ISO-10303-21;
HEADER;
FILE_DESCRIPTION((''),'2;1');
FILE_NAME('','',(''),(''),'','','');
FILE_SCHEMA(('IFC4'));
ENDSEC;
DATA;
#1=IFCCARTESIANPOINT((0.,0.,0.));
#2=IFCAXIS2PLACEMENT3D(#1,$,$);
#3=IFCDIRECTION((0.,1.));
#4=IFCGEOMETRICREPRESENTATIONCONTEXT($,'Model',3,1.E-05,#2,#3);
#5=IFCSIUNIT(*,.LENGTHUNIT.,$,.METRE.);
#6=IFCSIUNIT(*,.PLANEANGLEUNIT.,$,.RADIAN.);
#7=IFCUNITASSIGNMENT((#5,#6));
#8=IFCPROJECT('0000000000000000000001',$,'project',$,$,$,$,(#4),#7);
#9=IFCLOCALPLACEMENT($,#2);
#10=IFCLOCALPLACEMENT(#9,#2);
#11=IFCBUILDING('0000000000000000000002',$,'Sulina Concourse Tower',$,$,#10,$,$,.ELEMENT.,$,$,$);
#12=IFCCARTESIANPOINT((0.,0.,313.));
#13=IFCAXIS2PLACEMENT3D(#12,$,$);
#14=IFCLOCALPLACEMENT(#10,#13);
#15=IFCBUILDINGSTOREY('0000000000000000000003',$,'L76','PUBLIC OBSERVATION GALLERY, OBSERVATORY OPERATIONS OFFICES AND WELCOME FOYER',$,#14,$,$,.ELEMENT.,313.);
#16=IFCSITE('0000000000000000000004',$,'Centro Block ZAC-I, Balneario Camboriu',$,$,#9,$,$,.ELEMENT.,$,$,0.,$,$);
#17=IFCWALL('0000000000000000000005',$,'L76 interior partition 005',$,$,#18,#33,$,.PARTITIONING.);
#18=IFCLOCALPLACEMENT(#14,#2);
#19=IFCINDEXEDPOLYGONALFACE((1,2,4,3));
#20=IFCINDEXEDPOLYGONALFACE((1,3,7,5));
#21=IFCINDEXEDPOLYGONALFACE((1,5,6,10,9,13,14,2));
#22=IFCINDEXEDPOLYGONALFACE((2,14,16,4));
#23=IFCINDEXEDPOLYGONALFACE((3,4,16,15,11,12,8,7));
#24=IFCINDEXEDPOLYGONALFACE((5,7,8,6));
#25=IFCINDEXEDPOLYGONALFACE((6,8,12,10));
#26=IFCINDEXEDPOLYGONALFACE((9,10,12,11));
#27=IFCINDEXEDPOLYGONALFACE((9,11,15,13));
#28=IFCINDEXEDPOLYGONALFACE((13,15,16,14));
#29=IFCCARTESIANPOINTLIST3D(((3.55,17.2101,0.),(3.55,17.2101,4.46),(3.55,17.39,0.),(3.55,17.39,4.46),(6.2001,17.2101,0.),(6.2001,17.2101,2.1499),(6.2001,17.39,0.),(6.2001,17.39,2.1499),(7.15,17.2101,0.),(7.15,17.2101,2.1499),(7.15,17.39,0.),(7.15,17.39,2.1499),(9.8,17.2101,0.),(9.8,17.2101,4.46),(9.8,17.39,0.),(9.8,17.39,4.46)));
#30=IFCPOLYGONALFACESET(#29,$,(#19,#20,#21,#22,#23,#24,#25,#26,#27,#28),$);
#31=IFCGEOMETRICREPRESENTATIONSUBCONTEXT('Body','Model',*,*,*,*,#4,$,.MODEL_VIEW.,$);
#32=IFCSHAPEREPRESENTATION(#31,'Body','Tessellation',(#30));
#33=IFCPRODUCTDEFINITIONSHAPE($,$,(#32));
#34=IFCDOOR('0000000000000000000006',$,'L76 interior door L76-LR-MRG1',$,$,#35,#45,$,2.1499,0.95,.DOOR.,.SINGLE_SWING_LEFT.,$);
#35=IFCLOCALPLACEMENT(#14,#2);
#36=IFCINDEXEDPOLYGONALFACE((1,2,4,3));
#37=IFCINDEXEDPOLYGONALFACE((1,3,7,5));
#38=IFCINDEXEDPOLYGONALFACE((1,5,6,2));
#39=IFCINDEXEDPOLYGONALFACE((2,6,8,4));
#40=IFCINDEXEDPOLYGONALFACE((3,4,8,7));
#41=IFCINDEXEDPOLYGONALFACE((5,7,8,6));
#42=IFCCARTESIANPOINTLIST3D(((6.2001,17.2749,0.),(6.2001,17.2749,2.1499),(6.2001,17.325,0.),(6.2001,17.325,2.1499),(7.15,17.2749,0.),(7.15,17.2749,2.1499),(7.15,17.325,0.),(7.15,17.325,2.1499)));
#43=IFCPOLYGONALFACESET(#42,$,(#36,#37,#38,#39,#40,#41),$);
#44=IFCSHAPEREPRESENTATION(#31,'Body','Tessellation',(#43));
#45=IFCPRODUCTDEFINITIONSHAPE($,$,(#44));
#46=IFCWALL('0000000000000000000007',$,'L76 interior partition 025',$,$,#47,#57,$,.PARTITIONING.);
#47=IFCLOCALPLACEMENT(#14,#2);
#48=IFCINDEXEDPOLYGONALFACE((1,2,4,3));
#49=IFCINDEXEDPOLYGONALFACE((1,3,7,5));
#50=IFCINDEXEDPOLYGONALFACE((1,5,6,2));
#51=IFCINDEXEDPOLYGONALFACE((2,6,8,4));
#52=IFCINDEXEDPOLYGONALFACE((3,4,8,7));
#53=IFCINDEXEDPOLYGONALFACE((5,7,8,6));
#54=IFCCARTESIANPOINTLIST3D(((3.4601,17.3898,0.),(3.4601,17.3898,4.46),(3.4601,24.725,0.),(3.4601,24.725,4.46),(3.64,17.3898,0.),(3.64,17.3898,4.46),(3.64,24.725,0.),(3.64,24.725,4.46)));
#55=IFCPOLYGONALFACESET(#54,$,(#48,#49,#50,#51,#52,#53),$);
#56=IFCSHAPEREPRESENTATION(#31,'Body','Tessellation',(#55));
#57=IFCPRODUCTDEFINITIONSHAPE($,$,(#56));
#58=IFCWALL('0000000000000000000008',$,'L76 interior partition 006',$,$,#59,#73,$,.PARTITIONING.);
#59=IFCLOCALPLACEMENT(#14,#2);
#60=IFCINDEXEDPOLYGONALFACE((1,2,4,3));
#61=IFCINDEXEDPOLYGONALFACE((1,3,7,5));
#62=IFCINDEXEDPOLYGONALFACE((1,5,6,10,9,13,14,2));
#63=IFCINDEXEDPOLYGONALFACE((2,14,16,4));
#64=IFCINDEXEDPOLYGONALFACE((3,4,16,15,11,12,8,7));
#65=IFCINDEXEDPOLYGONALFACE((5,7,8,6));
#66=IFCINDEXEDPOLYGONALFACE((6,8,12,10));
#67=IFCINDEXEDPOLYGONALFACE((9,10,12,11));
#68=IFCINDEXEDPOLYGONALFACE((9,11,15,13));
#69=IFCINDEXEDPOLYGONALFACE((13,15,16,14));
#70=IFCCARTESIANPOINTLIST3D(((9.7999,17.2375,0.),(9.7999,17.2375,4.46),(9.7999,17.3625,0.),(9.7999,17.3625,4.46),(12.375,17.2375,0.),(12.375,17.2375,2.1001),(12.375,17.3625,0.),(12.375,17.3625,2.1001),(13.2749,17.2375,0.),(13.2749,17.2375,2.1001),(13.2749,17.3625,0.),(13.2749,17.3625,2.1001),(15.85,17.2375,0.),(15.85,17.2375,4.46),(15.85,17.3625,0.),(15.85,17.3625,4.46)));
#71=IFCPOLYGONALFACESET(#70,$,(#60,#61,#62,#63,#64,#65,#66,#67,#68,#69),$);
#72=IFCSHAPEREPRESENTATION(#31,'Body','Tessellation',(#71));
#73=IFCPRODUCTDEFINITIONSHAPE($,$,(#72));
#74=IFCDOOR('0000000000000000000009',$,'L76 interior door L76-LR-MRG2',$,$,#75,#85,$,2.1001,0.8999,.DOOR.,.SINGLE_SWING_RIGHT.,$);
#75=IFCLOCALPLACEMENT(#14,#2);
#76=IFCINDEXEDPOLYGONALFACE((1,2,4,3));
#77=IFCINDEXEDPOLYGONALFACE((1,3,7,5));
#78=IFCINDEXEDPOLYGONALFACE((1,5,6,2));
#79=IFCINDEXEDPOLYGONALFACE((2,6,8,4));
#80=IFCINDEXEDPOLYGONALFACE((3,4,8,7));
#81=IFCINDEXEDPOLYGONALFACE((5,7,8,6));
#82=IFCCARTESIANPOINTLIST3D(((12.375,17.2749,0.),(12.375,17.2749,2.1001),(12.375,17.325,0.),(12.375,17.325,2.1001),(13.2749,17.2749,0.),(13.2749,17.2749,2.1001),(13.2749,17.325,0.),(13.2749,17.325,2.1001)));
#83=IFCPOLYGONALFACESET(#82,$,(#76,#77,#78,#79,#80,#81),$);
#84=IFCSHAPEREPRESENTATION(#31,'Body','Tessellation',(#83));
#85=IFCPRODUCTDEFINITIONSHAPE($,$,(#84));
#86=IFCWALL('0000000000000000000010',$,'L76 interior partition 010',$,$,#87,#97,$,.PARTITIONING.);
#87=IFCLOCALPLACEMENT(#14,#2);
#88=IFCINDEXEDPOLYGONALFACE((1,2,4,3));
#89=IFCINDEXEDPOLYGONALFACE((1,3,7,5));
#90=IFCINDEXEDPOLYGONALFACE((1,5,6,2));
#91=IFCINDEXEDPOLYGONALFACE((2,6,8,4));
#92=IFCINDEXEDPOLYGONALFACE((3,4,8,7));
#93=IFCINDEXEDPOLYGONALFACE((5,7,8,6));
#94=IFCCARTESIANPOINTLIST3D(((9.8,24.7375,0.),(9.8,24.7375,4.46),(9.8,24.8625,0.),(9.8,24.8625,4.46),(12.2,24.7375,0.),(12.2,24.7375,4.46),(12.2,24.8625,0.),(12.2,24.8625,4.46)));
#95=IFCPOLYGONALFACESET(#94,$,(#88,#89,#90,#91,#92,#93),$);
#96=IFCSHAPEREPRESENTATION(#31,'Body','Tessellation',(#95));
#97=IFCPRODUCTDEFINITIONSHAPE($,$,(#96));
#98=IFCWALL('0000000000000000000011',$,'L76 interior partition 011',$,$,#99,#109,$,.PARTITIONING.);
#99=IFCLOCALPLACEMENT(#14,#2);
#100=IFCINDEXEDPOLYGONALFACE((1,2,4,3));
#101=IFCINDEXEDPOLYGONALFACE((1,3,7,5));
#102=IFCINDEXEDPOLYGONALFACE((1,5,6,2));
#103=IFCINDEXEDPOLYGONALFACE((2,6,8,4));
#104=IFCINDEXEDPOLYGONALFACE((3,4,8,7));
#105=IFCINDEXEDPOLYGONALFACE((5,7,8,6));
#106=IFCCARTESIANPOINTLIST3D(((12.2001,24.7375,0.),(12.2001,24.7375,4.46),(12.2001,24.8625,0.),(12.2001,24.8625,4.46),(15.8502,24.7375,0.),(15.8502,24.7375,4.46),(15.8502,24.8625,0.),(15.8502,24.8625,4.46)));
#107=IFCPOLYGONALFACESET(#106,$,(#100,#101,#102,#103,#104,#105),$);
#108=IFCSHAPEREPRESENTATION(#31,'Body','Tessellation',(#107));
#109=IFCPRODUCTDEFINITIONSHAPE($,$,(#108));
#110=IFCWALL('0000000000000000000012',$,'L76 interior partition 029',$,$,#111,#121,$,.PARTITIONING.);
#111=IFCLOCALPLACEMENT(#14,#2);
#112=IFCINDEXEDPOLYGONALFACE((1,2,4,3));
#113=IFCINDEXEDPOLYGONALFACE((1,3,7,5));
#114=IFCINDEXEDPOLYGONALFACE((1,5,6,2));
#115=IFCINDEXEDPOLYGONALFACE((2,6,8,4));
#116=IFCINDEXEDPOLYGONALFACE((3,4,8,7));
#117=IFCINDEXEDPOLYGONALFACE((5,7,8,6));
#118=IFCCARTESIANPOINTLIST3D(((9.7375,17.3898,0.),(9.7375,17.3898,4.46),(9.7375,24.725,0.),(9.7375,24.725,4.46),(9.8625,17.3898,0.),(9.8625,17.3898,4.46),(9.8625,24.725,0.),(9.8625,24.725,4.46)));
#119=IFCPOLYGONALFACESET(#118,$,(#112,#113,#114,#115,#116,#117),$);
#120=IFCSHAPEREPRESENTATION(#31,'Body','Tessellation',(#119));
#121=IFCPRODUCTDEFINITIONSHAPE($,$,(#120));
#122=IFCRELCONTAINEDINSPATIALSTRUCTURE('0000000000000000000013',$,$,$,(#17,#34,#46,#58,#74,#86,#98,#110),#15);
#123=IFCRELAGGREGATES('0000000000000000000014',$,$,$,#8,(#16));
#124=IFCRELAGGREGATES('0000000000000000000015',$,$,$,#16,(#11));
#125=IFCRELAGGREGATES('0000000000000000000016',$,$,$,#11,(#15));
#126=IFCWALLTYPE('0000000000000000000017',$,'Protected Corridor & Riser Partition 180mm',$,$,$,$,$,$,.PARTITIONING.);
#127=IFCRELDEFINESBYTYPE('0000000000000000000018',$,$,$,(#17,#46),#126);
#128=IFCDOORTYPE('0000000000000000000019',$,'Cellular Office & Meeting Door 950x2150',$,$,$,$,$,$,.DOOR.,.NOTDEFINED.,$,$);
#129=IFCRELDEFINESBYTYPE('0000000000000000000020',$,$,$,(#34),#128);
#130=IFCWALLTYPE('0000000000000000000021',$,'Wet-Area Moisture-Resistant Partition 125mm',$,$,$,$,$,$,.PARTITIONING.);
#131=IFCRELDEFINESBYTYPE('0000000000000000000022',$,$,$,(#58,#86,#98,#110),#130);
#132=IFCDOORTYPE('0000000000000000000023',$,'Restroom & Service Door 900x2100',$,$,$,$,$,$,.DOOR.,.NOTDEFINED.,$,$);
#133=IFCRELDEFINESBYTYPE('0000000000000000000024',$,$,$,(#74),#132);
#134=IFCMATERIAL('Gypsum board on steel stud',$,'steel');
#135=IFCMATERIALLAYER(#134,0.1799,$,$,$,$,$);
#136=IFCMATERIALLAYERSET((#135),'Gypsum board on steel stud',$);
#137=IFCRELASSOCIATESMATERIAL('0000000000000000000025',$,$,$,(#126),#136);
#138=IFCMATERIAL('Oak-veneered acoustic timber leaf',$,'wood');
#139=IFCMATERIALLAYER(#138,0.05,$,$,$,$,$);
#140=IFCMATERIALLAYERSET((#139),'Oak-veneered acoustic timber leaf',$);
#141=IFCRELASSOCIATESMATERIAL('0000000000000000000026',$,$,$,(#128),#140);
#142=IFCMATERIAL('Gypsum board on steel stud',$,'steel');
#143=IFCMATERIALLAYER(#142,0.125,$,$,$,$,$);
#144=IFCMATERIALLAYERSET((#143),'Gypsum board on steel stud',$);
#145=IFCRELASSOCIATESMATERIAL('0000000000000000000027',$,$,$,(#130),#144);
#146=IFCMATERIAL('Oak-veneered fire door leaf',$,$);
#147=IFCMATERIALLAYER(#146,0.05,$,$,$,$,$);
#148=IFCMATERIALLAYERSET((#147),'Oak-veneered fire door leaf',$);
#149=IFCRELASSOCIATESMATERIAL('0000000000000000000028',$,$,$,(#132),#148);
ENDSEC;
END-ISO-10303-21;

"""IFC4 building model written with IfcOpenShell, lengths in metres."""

from ifc_helpers import new_model, si_unit, direction, frame, frame_2d, origin, place, context, subcontext, project, spatial, rectangle, extrude, material, layer, layer_set, type_object, element, fill, save


model = new_model("IFC4")

# Units and contexts
model_context = context("Model", 3, precision=1e-05, world=origin(), true_north=direction((0.0, 1.0)))
body_context = subcontext(model_context, "Body", "Model", "MODEL_VIEW")
ifc_project = project(units=[si_unit("LENGTHUNIT", "METRE"), si_unit("PLANEANGLEUNIT", "RADIAN")], contexts=[model_context])

# Site, building, storey
site_placement = place(None, origin())
site = spatial("IfcSite", under=ifc_project, at=site_placement, Name="Centro Block ZAC-I, Balneario Camboriu", CompositionType="ELEMENT", RefElevation=0.0)
building_placement = place(site_placement, origin())
building = spatial("IfcBuilding", under=site, at=building_placement, Name="Sulina Concourse Tower", CompositionType="ELEMENT")
storey_placement = place(building_placement, frame((0.0, 0.0, 313.0)))
storey = spatial("IfcBuildingStorey", under=building, at=storey_placement, Name="L76", Description="PUBLIC OBSERVATION GALLERY, OBSERVATORY OPERATIONS OFFICES AND WELCOME FOYER", CompositionType="ELEMENT", Elevation=313.0)

# Wall, opening, door
ifc_material_1 = material(Name="Gypsum board on steel stud", Category="steel")
ifc_layer_1 = layer(ifc_material_1, 0.1799)
ifc_layer_set_1 = layer_set([ifc_layer_1], Name="Gypsum board on steel stud")
wall_type_1 = type_object("IfcWallType", Name="Protected Corridor & Riser Partition 180mm", PredefinedType="PARTITIONING", material=ifc_layer_set_1)
wall_1_placement = place(storey_placement, frame((3.55, 17.3, 0.0), z_axis=(0.0, 0.0, 1.0), x_axis=(1.0, 0.0, 0.0)))
wall_1 = element("IfcWall", 1, at=wall_1_placement, inside=storey, type_object=wall_type_1, Name="L76 interior partition 005", PredefinedType="PARTITIONING", context=body_context, shape_type="SweptSolid", body=[
    extrude(rectangle(XDim=6.25, YDim=0.1799, at=frame_2d((3.125, 0.0))), origin(), (0.0, 0.0, 1.0), 4.46),
])
opening_1_placement = place(wall_1_placement, frame((2.6499, 0.0, 0.0)))
opening_1 = element("IfcOpeningElement", 2, at=opening_1_placement, cuts=wall_1, PredefinedType="OPENING", context=body_context, shape_type="SweptSolid", body=[
    extrude(rectangle(XDim=0.95, YDim=2.1499, at=frame_2d((0.4751, 1.075))), frame((0.0, 0.0999, 0.0), z_axis=(0.0, -1.0, 0.0), x_axis=(1.0, 0.0, 0.0)), (0.0, 0.0, 1.0), 0.2),
])
ifc_material_2 = material(Name="Oak-veneered acoustic timber leaf", Category="wood")
ifc_layer_2 = layer(ifc_material_2, 0.05)
ifc_layer_set_2 = layer_set([ifc_layer_2], Name="Oak-veneered acoustic timber leaf")
door_type_1 = type_object("IfcDoorType", Name="Cellular Office & Meeting Door 950x2150", OperationType="NOTDEFINED", PredefinedType="DOOR", material=ifc_layer_set_2)
door_1_placement = place(opening_1_placement, origin())
door_1 = element("IfcDoor", 3, at=door_1_placement, inside=storey, type_object=door_type_1, Name="L76 interior door L76-LR-MRG1", OperationType="SINGLE_SWING_LEFT", OverallHeight=2.1499, OverallWidth=0.95, PredefinedType="DOOR", context=body_context, shape_type="SweptSolid", body=[
    extrude(rectangle(XDim=0.95, YDim=2.1499, at=frame_2d((0.4751, 1.075))), frame((0.0, 0.0249, 0.0), z_axis=(0.0, -1.0, 0.0), x_axis=(1.0, 0.0, 0.0)), (0.0, 0.0, 1.0), 0.05),
])
fill(opening_1, door_1)

# Wall
wall_2_placement = place(storey_placement, frame((3.55, 17.3899, 0.0), z_axis=(0.0, 0.0, 1.0), x_axis=(0.0, 1.0, 0.0)))
element("IfcWall", 4, at=wall_2_placement, inside=storey, type_object=wall_type_1, Name="L76 interior partition 025", PredefinedType="PARTITIONING", context=body_context, shape_type="SweptSolid", body=[
    extrude(rectangle(XDim=7.3352, YDim=0.1799, at=frame_2d((3.6675, 0.0))), origin(), (0.0, 0.0, 1.0), 4.46),
])

# Wall, opening, door
ifc_material_3 = material(Name="Gypsum board on steel stud", Category="steel")
ifc_layer_3 = layer(ifc_material_3, 0.125)
ifc_layer_set_3 = layer_set([ifc_layer_3], Name="Gypsum board on steel stud")
wall_type_2 = type_object("IfcWallType", Name="Wet-Area Moisture-Resistant Partition 125mm", PredefinedType="PARTITIONING", material=ifc_layer_set_3)
wall_3_placement = place(storey_placement, frame((9.8, 17.3, 0.0), z_axis=(0.0, 0.0, 1.0), x_axis=(1.0, 0.0, 0.0)))
wall_3 = element("IfcWall", 5, at=wall_3_placement, inside=storey, type_object=wall_type_2, Name="L76 interior partition 006", PredefinedType="PARTITIONING", context=body_context, shape_type="SweptSolid", body=[
    extrude(rectangle(XDim=6.05, YDim=0.125, at=frame_2d((3.0249, 0.0))), origin(), (0.0, 0.0, 1.0), 4.46),
])
opening_2_placement = place(wall_3_placement, frame((2.575, 0.0, 0.0)))
opening_2 = element("IfcOpeningElement", 6, at=opening_2_placement, cuts=wall_3, PredefinedType="OPENING", context=body_context, shape_type="SweptSolid", body=[
    extrude(rectangle(XDim=0.8999, YDim=2.1001, at=frame_2d((0.45, 1.05))), frame((0.0, 0.0725, 0.0), z_axis=(0.0, -1.0, 0.0), x_axis=(1.0, 0.0, 0.0)), (0.0, 0.0, 1.0), 0.145),
])
ifc_material_4 = material(Name="Oak-veneered fire door leaf")
ifc_layer_4 = layer(ifc_material_4, 0.05)
ifc_layer_set_4 = layer_set([ifc_layer_4], Name="Oak-veneered fire door leaf")
door_type_2 = type_object("IfcDoorType", Name="Restroom & Service Door 900x2100", OperationType="NOTDEFINED", PredefinedType="DOOR", material=ifc_layer_set_4)
door_2_placement = place(opening_2_placement, origin())
door_2 = element("IfcDoor", 7, at=door_2_placement, inside=storey, type_object=door_type_2, Name="L76 interior door L76-LR-MRG2", OperationType="SINGLE_SWING_RIGHT", OverallHeight=2.1001, OverallWidth=0.8999, PredefinedType="DOOR", context=body_context, shape_type="SweptSolid", body=[
    extrude(rectangle(XDim=0.8999, YDim=2.1001, at=frame_2d((0.45, 1.05))), frame((0.0, 0.0249, 0.0), z_axis=(0.0, -1.0, 0.0), x_axis=(1.0, 0.0, 0.0)), (0.0, 0.0, 1.0), 0.05),
])
fill(opening_2, door_2)

# Walls
wall_4_placement = place(storey_placement, frame((9.8, 24.8, 0.0), z_axis=(0.0, 0.0, 1.0), x_axis=(1.0, 0.0, 0.0)))
element("IfcWall", 8, at=wall_4_placement, inside=storey, type_object=wall_type_2, Name="L76 interior partition 010", PredefinedType="PARTITIONING", context=body_context, shape_type="SweptSolid", body=[
    extrude(rectangle(XDim=2.3999, YDim=0.125, at=frame_2d((1.2, 0.0))), origin(), (0.0, 0.0, 1.0), 4.46),
])
wall_5_placement = place(storey_placement, frame((12.2, 24.8, 0.0), z_axis=(0.0, 0.0, 1.0), x_axis=(1.0, 0.0, 0.0)))
element("IfcWall", 9, at=wall_5_placement, inside=storey, type_object=wall_type_2, Name="L76 interior partition 011", PredefinedType="PARTITIONING", context=body_context, shape_type="SweptSolid", body=[
    extrude(rectangle(XDim=3.6501, YDim=0.125, at=frame_2d((1.8252, 0.0))), origin(), (0.0, 0.0, 1.0), 4.46),
])
wall_6_placement = place(storey_placement, frame((9.8, 17.3899, 0.0), z_axis=(0.0, 0.0, 1.0), x_axis=(0.0, 1.0, 0.0)))
element("IfcWall", 10, at=wall_6_placement, inside=storey, type_object=wall_type_2, Name="L76 interior partition 029", PredefinedType="PARTITIONING", context=body_context, shape_type="SweptSolid", body=[
    extrude(rectangle(XDim=7.3352, YDim=0.125, at=frame_2d((3.6675, 0.0))), origin(), (0.0, 0.0, 1.0), 4.46),
])

save(model, "model.ifc")
